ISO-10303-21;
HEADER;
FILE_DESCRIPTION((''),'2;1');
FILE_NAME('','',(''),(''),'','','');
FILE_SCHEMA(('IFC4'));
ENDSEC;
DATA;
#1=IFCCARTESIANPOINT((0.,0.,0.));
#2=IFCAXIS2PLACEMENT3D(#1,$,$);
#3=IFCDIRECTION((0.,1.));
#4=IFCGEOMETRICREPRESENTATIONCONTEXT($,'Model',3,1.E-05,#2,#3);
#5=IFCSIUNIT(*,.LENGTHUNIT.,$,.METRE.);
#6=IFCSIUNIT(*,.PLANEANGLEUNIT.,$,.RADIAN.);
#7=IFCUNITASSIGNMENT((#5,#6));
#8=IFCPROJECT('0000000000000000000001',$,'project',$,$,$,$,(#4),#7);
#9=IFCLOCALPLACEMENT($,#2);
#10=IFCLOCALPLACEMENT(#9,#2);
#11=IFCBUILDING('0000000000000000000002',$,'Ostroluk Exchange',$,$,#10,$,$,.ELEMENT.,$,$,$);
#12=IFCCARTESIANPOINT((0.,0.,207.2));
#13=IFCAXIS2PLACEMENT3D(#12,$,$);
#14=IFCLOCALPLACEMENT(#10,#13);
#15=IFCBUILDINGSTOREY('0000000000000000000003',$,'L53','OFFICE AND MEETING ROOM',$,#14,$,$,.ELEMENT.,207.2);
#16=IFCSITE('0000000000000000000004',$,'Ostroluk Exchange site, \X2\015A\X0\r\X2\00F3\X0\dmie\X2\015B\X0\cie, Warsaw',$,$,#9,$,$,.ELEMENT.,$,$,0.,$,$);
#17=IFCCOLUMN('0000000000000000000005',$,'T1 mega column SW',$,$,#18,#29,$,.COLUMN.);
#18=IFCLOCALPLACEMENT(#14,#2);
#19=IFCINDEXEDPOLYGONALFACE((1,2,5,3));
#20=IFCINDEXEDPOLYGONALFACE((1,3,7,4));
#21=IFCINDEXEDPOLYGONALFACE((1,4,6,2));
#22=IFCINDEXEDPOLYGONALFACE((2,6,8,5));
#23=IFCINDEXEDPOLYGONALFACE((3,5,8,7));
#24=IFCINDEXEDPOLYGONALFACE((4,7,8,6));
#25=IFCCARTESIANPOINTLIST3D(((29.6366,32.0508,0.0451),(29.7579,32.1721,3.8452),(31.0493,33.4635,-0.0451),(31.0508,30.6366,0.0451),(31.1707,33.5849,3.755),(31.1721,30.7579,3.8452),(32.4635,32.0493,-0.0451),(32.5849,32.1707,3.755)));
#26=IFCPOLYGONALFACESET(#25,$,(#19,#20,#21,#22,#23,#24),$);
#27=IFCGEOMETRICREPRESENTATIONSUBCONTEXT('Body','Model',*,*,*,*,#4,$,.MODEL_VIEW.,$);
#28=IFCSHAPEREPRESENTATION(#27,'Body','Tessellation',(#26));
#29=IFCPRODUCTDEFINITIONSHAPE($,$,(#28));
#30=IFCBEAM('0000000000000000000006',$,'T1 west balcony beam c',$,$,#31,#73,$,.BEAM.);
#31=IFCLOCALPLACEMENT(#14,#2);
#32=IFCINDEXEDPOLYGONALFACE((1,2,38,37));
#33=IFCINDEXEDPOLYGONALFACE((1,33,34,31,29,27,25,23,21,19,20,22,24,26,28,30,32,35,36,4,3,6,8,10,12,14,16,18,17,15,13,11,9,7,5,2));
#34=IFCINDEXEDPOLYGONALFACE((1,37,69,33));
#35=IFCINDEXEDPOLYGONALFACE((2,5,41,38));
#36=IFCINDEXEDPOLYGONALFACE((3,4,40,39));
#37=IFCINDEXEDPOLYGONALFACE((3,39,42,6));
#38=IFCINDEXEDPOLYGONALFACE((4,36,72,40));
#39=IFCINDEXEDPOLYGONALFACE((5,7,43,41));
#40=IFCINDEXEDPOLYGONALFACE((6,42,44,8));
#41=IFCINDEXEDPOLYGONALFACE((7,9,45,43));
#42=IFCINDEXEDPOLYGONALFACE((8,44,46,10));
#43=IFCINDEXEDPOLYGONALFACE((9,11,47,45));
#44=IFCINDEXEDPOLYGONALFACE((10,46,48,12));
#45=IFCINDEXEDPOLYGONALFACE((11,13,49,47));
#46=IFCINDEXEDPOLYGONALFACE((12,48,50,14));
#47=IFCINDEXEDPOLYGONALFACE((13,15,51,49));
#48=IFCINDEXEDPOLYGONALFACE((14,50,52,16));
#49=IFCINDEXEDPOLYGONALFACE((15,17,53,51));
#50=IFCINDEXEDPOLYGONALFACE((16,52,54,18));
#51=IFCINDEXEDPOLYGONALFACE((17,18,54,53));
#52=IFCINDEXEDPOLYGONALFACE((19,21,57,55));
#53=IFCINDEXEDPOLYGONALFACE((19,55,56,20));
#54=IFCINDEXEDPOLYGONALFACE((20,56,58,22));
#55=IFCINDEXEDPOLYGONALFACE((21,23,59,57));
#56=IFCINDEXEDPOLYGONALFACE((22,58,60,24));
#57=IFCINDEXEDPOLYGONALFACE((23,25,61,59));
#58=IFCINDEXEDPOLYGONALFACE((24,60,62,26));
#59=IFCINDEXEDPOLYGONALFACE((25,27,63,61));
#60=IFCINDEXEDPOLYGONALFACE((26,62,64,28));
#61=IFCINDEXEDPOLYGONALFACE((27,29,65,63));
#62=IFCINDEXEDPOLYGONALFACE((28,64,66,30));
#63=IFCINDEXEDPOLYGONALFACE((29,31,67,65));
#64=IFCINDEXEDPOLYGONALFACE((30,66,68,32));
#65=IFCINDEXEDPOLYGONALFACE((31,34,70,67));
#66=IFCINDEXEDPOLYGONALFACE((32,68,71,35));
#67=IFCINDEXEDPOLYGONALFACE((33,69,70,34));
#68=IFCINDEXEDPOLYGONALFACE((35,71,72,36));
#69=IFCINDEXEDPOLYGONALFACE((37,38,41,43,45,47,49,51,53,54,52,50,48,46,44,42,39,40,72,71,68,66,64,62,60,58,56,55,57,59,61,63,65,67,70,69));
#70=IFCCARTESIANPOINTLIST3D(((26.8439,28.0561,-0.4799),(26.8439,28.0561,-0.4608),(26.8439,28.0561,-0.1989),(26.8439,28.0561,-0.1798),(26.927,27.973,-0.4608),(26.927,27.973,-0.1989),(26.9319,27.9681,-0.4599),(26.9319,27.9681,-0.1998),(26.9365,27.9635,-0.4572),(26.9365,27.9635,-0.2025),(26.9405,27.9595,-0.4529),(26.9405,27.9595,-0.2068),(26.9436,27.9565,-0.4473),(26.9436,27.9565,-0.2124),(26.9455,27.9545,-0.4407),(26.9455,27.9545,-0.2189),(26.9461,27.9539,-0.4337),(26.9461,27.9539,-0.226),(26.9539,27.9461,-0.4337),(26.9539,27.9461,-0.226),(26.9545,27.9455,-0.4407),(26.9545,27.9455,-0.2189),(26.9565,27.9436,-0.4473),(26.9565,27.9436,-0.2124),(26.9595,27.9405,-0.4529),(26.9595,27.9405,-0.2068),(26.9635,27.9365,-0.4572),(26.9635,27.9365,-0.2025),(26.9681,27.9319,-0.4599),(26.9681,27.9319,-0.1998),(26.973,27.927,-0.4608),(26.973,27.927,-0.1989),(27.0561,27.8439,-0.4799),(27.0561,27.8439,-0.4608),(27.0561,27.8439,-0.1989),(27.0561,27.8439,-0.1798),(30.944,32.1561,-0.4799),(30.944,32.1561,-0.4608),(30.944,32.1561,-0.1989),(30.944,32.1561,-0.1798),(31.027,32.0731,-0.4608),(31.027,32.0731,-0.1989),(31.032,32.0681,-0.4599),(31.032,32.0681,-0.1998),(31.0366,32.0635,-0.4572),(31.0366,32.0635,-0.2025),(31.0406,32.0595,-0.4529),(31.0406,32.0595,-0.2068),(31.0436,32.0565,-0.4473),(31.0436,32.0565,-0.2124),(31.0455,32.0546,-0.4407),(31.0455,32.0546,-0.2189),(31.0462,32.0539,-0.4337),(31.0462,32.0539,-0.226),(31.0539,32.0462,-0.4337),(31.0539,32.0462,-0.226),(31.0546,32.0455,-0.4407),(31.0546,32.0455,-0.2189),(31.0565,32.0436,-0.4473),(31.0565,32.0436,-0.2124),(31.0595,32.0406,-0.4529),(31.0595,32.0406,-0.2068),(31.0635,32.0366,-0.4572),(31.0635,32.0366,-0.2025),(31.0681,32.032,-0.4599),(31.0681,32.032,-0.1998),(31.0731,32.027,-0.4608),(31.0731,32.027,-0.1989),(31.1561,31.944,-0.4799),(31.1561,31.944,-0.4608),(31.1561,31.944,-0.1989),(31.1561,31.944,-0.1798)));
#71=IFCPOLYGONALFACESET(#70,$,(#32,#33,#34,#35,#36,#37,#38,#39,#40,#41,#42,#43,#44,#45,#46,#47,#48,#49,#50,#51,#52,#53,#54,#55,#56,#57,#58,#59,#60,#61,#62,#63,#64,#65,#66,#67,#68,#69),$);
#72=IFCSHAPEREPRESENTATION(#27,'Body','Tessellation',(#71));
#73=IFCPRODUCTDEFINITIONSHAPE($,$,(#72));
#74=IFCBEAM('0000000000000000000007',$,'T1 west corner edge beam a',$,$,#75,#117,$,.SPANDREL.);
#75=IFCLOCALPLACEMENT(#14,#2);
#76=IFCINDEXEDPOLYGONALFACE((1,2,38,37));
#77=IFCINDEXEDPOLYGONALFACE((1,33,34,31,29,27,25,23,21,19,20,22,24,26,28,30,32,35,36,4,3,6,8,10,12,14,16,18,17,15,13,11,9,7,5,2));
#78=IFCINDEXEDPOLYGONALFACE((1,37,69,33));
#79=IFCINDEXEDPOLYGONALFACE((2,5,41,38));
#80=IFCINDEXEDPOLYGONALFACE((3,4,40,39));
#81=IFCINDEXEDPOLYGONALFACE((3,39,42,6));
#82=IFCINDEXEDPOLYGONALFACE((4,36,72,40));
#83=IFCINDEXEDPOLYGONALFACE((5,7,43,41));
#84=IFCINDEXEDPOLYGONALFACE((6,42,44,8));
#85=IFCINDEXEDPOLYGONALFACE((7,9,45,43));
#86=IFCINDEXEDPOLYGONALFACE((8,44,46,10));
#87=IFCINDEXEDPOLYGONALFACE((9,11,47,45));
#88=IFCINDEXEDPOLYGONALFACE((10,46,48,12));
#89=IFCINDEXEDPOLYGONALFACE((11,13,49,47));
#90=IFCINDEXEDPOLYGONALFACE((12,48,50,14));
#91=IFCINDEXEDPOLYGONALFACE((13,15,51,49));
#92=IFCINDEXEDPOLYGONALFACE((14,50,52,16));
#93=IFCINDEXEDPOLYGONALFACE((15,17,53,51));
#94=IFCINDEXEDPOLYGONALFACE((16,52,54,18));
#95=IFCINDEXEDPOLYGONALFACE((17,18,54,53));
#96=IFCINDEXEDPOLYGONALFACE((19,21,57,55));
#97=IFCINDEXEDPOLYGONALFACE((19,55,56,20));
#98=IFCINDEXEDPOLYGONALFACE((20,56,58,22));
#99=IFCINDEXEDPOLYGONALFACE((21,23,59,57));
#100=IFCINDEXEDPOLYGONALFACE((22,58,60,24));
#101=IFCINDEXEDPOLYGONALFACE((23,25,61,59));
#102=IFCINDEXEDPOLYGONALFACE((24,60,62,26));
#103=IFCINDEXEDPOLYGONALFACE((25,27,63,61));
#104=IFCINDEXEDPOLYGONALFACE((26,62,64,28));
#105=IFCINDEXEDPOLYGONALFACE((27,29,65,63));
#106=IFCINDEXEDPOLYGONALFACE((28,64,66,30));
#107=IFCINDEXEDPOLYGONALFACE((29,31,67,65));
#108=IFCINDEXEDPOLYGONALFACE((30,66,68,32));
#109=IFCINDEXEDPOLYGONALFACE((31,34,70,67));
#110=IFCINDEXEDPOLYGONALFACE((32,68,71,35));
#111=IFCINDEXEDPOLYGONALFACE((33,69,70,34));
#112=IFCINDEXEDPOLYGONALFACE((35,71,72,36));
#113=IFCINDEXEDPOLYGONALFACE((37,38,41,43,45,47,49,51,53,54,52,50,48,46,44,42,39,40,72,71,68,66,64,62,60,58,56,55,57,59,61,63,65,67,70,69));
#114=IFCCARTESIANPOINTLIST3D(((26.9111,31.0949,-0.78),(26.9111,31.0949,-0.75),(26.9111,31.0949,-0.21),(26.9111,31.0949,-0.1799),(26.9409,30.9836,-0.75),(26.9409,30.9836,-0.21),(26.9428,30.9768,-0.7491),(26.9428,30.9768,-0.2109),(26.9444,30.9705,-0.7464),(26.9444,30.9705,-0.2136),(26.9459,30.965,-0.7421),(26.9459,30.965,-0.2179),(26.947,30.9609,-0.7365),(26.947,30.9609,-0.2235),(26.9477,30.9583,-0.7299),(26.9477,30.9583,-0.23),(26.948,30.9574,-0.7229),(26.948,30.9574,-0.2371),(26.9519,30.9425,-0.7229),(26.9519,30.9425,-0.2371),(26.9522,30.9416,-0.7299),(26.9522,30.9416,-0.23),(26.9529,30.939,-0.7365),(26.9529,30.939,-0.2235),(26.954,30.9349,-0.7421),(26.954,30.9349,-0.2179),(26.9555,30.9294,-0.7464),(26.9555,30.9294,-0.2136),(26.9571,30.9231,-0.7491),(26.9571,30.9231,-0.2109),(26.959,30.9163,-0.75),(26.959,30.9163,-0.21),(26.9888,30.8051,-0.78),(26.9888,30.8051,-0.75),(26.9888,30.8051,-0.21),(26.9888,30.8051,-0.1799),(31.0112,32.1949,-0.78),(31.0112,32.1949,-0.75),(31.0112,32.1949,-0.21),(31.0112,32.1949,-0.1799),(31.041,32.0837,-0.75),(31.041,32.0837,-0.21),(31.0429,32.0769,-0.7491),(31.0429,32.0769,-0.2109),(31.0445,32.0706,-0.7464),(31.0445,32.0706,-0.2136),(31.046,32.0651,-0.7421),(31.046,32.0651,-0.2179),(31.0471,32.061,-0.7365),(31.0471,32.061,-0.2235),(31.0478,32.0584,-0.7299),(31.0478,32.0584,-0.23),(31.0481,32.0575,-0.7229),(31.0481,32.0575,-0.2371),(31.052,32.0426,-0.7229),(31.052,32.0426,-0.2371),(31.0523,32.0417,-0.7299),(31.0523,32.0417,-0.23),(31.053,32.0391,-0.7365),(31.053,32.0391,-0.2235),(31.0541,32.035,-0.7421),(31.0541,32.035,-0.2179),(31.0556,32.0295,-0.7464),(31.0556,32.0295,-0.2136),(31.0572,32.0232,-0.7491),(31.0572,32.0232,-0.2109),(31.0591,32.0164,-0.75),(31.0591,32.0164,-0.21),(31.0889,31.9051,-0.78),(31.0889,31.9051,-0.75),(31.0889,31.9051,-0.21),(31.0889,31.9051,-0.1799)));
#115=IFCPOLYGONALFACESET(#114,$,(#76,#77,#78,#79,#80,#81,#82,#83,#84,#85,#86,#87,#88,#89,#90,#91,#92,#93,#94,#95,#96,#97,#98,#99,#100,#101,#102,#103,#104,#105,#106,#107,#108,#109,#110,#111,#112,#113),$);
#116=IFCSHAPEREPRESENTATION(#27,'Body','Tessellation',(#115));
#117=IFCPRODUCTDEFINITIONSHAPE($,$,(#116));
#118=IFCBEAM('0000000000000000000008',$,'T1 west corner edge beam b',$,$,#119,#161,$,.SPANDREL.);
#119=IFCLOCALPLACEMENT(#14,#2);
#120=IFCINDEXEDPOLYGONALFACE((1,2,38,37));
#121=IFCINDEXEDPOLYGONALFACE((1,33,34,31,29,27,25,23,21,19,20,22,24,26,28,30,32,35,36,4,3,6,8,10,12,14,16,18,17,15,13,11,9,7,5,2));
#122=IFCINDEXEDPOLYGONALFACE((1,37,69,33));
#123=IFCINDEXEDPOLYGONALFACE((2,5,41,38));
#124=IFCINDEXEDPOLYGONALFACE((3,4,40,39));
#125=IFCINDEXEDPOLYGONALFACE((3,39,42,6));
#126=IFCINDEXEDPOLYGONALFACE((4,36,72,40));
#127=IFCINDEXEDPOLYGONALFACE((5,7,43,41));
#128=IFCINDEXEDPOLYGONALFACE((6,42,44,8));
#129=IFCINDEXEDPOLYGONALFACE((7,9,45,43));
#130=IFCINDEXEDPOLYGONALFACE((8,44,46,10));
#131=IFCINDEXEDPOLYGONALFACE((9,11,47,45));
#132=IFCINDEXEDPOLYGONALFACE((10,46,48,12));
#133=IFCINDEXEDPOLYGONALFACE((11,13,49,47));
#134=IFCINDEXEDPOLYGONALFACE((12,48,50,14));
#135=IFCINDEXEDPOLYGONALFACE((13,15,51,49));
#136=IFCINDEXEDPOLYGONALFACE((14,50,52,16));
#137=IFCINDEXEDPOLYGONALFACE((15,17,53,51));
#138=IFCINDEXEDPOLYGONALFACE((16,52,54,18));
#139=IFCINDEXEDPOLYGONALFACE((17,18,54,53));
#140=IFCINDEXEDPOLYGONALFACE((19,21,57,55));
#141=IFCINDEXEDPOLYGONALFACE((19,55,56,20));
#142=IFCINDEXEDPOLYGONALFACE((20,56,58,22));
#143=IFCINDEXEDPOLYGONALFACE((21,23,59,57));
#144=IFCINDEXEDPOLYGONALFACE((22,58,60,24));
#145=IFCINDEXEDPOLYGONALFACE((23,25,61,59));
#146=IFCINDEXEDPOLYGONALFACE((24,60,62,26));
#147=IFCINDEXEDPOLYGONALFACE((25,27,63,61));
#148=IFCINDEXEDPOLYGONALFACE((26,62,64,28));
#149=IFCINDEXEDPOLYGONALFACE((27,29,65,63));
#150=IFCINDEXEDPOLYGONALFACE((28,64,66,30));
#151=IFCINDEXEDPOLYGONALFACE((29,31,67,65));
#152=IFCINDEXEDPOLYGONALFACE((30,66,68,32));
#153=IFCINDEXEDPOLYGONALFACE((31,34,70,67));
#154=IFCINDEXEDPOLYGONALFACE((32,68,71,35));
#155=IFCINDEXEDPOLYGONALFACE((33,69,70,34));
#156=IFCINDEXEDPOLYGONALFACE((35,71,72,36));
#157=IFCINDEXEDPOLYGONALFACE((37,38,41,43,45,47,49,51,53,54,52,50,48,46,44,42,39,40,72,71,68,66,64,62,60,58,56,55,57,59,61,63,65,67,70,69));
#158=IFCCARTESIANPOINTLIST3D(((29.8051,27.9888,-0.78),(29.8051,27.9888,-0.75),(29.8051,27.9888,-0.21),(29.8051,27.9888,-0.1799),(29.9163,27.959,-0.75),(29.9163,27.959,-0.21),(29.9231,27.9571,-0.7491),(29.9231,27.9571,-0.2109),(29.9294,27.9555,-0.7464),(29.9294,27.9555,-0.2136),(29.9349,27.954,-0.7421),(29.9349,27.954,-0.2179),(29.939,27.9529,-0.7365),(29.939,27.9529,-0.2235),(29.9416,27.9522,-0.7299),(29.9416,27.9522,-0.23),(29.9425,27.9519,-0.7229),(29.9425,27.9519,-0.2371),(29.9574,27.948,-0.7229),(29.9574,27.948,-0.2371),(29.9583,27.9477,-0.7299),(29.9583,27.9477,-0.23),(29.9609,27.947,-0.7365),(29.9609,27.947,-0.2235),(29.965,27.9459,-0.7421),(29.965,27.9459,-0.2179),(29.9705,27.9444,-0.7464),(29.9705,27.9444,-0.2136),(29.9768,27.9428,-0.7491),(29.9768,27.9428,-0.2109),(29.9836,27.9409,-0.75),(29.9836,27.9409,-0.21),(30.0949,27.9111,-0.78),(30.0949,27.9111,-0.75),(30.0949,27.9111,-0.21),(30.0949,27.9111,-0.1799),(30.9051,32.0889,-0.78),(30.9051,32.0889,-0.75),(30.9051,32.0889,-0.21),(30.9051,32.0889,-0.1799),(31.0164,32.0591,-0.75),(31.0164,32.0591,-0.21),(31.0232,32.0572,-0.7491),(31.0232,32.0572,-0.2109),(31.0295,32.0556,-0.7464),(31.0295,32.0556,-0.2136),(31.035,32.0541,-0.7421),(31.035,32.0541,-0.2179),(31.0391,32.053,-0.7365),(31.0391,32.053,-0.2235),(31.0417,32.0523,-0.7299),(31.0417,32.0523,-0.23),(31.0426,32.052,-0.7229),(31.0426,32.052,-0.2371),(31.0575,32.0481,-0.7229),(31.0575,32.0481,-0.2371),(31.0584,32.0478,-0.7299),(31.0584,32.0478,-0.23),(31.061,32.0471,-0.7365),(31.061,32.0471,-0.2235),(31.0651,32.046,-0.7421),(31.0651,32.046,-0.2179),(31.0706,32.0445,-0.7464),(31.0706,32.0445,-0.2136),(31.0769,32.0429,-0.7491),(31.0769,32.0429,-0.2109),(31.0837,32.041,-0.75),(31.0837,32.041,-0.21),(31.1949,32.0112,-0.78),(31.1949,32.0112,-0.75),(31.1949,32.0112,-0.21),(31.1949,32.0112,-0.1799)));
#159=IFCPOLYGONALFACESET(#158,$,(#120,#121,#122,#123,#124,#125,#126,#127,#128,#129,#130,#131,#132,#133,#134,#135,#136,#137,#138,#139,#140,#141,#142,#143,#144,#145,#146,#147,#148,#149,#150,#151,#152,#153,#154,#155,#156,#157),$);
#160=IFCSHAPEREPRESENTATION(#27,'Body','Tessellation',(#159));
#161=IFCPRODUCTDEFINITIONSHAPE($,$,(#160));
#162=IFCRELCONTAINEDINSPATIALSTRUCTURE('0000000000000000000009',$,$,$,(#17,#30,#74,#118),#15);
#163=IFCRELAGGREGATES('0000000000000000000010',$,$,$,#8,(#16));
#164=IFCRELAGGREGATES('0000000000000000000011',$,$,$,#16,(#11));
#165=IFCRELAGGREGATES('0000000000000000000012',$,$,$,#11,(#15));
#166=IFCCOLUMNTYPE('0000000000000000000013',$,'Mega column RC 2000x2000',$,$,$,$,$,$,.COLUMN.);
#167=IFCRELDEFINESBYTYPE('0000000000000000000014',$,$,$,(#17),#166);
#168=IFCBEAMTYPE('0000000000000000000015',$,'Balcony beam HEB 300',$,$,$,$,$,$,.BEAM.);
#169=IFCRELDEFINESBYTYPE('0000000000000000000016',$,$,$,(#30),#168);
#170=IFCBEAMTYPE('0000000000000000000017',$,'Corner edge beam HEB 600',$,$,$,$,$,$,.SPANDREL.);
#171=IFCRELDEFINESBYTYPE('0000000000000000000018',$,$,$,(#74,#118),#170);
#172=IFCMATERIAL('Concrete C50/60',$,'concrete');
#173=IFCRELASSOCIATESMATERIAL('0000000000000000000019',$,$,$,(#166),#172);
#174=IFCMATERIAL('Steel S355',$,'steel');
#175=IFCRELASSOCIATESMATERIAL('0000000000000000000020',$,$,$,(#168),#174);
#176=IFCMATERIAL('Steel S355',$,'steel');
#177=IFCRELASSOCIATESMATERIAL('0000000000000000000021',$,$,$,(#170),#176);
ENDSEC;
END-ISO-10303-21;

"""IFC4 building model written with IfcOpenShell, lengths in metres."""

from ifc_helpers import new_model, si_unit, direction, frame, origin, origin_2d, place, context, subcontext, project, spatial, rectangle, i_section, extrude, material, material_profile, profile_set, type_object, element, save


model = new_model("IFC4")

# Units and contexts
model_context = context("Model", 3, precision=1e-05, world=origin(), true_north=direction((0.0, 1.0)))
body_context = subcontext(model_context, "Body", "Model", "MODEL_VIEW")
ifc_project = project(units=[si_unit("LENGTHUNIT", "METRE"), si_unit("PLANEANGLEUNIT", "RADIAN")], contexts=[model_context])

# Site, building, storey
site_placement = place(None, origin())
site = spatial("IfcSite", under=ifc_project, at=site_placement, Name="Ostroluk Exchange site, Śródmieście, Warsaw", CompositionType="ELEMENT", RefElevation=0.0)
building_placement = place(site_placement, origin())
building = spatial("IfcBuilding", under=site, at=building_placement, Name="Ostroluk Exchange", CompositionType="ELEMENT")
storey_placement = place(building_placement, frame((0.0, 0.0, 207.2)))
storey = spatial("IfcBuildingStorey", under=building, at=storey_placement, Name="L53", Description="OFFICE AND MEETING ROOM", CompositionType="ELEMENT", Elevation=207.2)

# Column
ifc_material_1 = material(Name="Concrete C50/60", Category="concrete")
ifc_material_profile_1 = material_profile(ifc_material_1, rectangle(XDim=2.0, YDim=2.0, at=origin_2d()), Name="RC 2000x2000")
ifc_profile_set_1 = profile_set([ifc_material_profile_1], Name="Concrete C50/60")
column_type = type_object("IfcColumnType", Name="Mega column RC 2000x2000", PredefinedType="COLUMN", material=ifc_profile_set_1)
column_placement = place(storey_placement, frame((31.05, 32.05, 0.0), z_axis=(0.031898, 0.031898, 0.998982), x_axis=(-0.707107, 0.707107, 0.0)))
element("IfcColumn", 1, at=column_placement, inside=storey, type_object=column_type, Name="T1 mega column SW", PredefinedType="COLUMN", context=body_context, shape_type="SweptSolid", body=[
    extrude(rectangle(XDim=2.0, YDim=2.0, at=origin_2d()), origin(), (0.0, 0.0, 1.0), 3.804),
])

# Beams
ifc_material_2 = material(Name="Steel S355", Category="steel")
ifc_material_profile_2 = material_profile(ifc_material_2, i_section(OverallWidth=0.3, OverallDepth=0.3, WebThickness=0.011, FlangeThickness=0.019, FilletRadius=0.0271, at=origin_2d()), Name="HEB 300")
ifc_profile_set_2 = profile_set([ifc_material_profile_2], Name="Steel S355")
beam_type_1 = type_object("IfcBeamType", Name="Balcony beam HEB 300", PredefinedType="BEAM", material=ifc_profile_set_2)
beam_1_placement = place(storey_placement, frame((31.05, 32.05, -0.3298), z_axis=(-0.707107, -0.707107, 0.0), x_axis=(0.707107, -0.707107, 0.0)))
element("IfcBeam", 2, at=beam_1_placement, inside=storey, type_object=beam_type_1, Name="T1 west balcony beam c", PredefinedType="BEAM", context=body_context, shape_type="SweptSolid", body=[
    extrude(i_section(OverallWidth=0.3, OverallDepth=0.3, WebThickness=0.011, FlangeThickness=0.019, FilletRadius=0.0271, at=origin_2d()), origin(), (0.0, 0.0, 1.0), 5.7983),
])
ifc_material_3 = material(Name="Steel S355", Category="steel")
ifc_material_profile_3 = material_profile(ifc_material_3, i_section(OverallWidth=0.3, OverallDepth=0.6001, WebThickness=0.0154, FlangeThickness=0.03, FilletRadius=0.0271, at=origin_2d()), Name="HEB 600")
ifc_profile_set_3 = profile_set([ifc_material_profile_3], Name="Steel S355")
beam_type_2 = type_object("IfcBeamType", Name="Corner edge beam HEB 600", PredefinedType="SPANDREL", material=ifc_profile_set_3)
for number, where, z_axis, x_axis, name in (
    (3, (31.05, 32.05, -0.48), (-0.965839, -0.259144, 0.0), (0.259144, -0.965839, 0.0), "T1 west corner edge beam a"),
    (4, (31.05, 32.05, -0.48), (-0.259144, -0.965839, 0.0), (0.965839, -0.259144, 0.0), "T1 west corner edge beam b"),
):
    element("IfcBeam", number, at=place(storey_placement, frame(where, z_axis=z_axis, x_axis=x_axis)), inside=storey, type_object=beam_type_2, Name=name, PredefinedType="SPANDREL", context=body_context, shape_type="SweptSolid", body=[
        extrude(i_section(OverallWidth=0.3, OverallDepth=0.6001, WebThickness=0.0154, FlangeThickness=0.03, FilletRadius=0.0271, at=origin_2d()), origin(), (0.0, 0.0, 1.0), 4.2451),
    ])

save(model, "model.ifc")
